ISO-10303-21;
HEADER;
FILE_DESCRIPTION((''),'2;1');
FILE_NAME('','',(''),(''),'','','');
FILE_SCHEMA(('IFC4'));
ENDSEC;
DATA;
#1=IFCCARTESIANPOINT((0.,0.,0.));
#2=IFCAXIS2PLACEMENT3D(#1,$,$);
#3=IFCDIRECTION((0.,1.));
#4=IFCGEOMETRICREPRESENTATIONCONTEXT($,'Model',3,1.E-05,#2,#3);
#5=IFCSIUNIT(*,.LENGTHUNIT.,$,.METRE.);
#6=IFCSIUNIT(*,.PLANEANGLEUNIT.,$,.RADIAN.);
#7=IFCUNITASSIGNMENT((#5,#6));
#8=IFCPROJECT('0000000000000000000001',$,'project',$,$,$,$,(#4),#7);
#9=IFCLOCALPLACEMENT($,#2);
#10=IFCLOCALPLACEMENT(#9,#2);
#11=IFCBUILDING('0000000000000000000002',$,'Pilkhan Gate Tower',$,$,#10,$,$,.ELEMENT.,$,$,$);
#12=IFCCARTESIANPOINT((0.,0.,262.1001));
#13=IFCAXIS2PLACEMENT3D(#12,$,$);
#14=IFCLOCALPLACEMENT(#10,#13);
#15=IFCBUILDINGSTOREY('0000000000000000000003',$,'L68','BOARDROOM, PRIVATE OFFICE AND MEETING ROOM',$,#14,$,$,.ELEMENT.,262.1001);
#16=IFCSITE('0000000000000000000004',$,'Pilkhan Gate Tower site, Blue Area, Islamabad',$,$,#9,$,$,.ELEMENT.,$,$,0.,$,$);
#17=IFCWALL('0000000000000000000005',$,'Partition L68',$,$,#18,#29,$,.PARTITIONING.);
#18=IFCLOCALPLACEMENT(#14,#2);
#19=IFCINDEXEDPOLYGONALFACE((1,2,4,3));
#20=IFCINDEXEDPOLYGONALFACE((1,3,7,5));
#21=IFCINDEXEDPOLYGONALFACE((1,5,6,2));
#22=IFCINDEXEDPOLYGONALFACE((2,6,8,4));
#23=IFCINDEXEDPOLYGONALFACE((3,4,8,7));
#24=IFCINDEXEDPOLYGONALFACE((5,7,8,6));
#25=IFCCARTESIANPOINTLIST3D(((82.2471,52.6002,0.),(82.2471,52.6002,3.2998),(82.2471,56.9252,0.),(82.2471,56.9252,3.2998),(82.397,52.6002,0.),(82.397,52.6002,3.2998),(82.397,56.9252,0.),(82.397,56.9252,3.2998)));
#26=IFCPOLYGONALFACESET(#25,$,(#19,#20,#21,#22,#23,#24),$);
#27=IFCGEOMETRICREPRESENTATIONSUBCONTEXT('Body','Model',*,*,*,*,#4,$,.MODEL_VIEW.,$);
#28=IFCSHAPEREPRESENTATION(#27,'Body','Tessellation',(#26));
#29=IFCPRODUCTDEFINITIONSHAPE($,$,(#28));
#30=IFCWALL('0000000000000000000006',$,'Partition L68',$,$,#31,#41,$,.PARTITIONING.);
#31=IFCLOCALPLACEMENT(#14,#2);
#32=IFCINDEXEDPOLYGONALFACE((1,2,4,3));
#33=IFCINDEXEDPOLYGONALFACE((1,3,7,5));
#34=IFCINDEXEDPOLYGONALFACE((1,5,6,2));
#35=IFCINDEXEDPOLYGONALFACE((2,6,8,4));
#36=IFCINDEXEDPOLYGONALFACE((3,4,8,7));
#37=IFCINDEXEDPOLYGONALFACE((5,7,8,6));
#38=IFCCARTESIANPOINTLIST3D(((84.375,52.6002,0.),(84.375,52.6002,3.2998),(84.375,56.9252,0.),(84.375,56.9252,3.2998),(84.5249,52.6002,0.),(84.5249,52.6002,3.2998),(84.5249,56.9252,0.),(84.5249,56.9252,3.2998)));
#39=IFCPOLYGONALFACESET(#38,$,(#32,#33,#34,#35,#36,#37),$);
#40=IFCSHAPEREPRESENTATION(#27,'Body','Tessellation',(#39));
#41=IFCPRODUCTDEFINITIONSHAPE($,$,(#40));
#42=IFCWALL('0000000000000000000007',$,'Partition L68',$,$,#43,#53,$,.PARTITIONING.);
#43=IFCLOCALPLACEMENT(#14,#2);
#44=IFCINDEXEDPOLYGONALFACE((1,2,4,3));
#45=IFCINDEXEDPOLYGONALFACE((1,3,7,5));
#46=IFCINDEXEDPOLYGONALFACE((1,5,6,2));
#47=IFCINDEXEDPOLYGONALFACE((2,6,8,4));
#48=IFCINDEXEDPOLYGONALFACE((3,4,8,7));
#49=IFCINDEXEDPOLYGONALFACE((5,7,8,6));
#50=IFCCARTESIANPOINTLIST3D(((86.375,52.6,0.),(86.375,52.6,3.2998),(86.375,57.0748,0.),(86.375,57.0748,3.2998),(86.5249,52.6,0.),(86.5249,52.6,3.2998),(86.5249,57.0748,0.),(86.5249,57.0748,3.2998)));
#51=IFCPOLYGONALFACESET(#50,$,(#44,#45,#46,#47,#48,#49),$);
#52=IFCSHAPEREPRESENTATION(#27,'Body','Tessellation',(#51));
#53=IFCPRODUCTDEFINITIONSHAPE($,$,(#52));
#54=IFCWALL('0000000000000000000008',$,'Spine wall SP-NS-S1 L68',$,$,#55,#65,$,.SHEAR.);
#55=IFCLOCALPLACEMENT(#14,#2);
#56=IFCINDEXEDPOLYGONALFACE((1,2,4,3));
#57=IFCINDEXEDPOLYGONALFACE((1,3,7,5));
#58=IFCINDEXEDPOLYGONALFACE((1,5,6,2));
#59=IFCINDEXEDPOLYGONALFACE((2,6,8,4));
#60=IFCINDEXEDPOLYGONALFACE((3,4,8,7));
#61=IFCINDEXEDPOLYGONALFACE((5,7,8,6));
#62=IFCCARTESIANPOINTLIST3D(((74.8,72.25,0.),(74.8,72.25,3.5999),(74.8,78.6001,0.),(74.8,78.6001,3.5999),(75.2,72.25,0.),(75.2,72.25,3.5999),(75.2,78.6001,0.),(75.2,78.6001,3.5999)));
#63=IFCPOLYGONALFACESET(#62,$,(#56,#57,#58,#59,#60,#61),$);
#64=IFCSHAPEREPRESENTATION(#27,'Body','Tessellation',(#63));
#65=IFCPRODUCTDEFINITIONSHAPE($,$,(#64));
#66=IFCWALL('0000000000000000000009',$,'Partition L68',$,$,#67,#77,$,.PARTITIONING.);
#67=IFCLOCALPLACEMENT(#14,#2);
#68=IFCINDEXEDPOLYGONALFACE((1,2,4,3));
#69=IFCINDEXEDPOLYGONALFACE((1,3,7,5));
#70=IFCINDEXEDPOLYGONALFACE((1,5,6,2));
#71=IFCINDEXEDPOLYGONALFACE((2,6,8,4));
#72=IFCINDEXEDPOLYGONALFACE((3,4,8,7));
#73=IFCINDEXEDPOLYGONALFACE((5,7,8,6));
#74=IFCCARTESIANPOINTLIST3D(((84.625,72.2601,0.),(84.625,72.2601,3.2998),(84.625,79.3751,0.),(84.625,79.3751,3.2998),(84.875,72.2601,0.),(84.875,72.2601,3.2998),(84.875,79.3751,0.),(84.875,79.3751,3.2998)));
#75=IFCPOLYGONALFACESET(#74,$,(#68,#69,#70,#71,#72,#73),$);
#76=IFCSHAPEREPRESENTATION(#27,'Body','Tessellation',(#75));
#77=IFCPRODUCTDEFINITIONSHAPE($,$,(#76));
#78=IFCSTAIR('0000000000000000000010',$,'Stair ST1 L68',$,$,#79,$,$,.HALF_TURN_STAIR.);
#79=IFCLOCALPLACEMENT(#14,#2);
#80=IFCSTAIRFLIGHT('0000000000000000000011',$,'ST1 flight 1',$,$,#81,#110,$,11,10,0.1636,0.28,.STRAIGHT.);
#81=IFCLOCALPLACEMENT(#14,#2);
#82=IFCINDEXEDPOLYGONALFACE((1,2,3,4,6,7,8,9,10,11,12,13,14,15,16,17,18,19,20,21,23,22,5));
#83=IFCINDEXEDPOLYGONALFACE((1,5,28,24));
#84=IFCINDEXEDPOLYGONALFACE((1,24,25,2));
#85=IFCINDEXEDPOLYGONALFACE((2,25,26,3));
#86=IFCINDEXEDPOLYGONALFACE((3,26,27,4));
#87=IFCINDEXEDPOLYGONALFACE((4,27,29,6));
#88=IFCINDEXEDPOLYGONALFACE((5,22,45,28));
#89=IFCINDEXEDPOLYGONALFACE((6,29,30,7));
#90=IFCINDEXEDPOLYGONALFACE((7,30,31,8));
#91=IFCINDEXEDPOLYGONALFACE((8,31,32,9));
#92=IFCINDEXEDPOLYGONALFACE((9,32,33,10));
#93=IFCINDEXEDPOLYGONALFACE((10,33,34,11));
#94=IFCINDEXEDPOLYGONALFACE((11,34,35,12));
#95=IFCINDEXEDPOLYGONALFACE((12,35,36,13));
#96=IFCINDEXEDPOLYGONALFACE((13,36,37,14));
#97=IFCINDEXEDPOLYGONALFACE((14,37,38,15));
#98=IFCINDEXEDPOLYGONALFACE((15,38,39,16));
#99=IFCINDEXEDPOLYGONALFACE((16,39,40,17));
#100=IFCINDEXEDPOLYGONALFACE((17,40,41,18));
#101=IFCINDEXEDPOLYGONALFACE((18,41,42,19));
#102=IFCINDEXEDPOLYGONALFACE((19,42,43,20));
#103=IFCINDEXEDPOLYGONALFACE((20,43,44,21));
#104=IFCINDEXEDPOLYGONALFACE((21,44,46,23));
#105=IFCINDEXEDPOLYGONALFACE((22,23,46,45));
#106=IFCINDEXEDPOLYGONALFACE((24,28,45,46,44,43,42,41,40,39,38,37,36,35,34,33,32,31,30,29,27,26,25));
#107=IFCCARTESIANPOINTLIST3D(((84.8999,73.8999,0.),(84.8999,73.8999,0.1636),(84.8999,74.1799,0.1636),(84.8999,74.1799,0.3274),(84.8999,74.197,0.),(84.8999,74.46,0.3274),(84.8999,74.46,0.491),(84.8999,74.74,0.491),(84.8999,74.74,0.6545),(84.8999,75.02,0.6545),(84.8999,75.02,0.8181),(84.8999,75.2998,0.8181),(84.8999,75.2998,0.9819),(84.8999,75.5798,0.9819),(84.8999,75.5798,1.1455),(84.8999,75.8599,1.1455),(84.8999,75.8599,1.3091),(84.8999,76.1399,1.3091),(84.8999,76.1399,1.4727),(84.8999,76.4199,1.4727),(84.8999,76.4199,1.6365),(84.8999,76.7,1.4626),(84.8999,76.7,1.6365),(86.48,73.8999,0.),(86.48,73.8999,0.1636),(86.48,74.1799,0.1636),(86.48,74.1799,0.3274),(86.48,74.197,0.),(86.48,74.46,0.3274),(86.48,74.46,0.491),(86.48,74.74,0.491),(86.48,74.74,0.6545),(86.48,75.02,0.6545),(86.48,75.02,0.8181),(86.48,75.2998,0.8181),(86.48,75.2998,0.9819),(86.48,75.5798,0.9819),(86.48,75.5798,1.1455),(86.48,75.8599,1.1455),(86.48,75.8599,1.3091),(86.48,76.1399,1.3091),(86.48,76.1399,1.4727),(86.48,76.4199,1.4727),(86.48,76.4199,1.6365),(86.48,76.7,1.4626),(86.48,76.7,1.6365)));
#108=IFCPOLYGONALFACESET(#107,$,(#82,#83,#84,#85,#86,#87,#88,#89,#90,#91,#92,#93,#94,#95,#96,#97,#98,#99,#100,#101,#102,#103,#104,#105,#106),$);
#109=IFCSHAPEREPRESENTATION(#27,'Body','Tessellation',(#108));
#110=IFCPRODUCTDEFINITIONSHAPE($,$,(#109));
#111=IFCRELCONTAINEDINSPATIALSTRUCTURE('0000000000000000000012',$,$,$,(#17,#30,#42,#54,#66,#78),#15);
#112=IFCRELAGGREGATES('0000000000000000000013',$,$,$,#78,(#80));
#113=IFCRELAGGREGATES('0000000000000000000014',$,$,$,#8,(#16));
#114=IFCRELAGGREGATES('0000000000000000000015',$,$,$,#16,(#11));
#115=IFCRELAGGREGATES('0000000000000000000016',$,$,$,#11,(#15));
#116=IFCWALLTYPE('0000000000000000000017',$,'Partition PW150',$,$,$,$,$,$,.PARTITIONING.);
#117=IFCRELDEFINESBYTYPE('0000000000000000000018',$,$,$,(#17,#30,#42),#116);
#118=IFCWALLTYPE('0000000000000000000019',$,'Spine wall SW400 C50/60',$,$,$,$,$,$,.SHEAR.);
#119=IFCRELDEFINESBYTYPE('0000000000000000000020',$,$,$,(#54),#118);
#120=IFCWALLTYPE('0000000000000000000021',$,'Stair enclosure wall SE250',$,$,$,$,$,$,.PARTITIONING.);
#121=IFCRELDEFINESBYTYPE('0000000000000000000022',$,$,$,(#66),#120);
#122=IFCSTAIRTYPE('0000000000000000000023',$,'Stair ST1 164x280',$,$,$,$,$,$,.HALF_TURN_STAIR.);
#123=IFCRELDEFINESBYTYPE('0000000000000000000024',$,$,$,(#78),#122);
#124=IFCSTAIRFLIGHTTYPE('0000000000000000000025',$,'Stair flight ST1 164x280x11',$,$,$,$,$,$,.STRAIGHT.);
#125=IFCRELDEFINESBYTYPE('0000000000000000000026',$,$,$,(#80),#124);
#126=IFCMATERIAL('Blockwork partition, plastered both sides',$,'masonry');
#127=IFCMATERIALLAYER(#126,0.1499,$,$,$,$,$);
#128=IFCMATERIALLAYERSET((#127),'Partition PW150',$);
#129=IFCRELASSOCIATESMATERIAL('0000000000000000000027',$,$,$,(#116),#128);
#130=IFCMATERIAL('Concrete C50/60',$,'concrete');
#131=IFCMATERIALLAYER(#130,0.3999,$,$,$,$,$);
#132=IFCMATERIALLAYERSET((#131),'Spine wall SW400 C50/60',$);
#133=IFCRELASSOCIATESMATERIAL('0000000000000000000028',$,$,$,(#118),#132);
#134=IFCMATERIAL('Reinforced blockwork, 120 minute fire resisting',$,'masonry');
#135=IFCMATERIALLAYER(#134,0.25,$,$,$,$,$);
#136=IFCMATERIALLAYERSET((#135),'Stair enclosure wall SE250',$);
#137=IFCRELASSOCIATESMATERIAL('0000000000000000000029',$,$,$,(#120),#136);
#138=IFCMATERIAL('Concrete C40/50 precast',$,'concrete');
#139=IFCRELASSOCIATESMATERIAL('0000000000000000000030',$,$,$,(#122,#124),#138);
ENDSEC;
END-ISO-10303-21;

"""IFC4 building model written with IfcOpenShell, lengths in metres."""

from ifc_helpers import new_model, si_unit, direction, frame, frame_2d, origin, place, context, subcontext, project, spatial, polyline, rectangle, outline, extrude, material, layer, layer_set, type_object, element, aggregate, save


model = new_model("IFC4")

# Units and contexts
model_context = context("Model", 3, precision=1e-05, world=origin(), true_north=direction((0.0, 1.0)))
body_context = subcontext(model_context, "Body", "Model", "MODEL_VIEW")
ifc_project = project(units=[si_unit("LENGTHUNIT", "METRE"), si_unit("PLANEANGLEUNIT", "RADIAN")], contexts=[model_context])

# Site, building, storey
site_placement = place(None, origin())
site = spatial("IfcSite", under=ifc_project, at=site_placement, Name="Pilkhan Gate Tower site, Blue Area, Islamabad", CompositionType="ELEMENT", RefElevation=0.0)
building_placement = place(site_placement, origin())
building = spatial("IfcBuilding", under=site, at=building_placement, Name="Pilkhan Gate Tower", CompositionType="ELEMENT")
storey_placement = place(building_placement, frame((0.0, 0.0, 262.1001)))
storey = spatial("IfcBuildingStorey", under=building, at=storey_placement, Name="L68", Description="BOARDROOM, PRIVATE OFFICE AND MEETING ROOM", CompositionType="ELEMENT", Elevation=262.1001)

# Shared definitions
ifc_material_1 = material(Name="Concrete C50/60", Category="concrete")

# Walls
ifc_material_2 = material(Name="Blockwork partition, plastered both sides", Category="masonry")
ifc_layer_1 = layer(ifc_material_2, 0.1499)
ifc_layer_set_1 = layer_set([ifc_layer_1], Name="Partition PW150")
wall_type_1 = type_object("IfcWallType", Name="Partition PW150", PredefinedType="PARTITIONING", material=ifc_layer_set_1)
for number, where, z_axis, x_axis, name in (
    (1, (82.322, 52.6001, 0.0), (0.0, 0.0, 1.0), (0.0, 1.0, 0.0), "Partition L68"),
    (2, (84.45, 52.6001, 0.0), (0.0, 0.0, 1.0), (0.0, 1.0, 0.0), "Partition L68"),
):
    element("IfcWall", number, at=place(storey_placement, frame(where, z_axis=z_axis, x_axis=x_axis)), inside=storey, type_object=wall_type_1, Name=name, PredefinedType="PARTITIONING", context=body_context, shape_type="SweptSolid", body=[
        extrude(rectangle(XDim=4.325, YDim=0.1499, at=frame_2d((2.1626, 0.0))), origin(), (0.0, 0.0, 1.0), 3.2998),
    ])
wall_1_placement = place(storey_placement, frame((86.45, 52.6001, 0.0), z_axis=(0.0, 0.0, 1.0), x_axis=(0.0, 1.0, 0.0)))
element("IfcWall", 3, at=wall_1_placement, inside=storey, type_object=wall_type_1, Name="Partition L68", PredefinedType="PARTITIONING", context=body_context, shape_type="SweptSolid", body=[
    extrude(rectangle(XDim=4.4749, YDim=0.1499, at=frame_2d((2.2373, 0.0))), origin(), (0.0, 0.0, 1.0), 3.2998),
])
ifc_layer_2 = layer(ifc_material_1, 0.3999)
ifc_layer_set_2 = layer_set([ifc_layer_2], Name="Spine wall SW400 C50/60")
wall_type_2 = type_object("IfcWallType", Name="Spine wall SW400 C50/60", PredefinedType="SHEAR", material=ifc_layer_set_2)
wall_2_placement = place(storey_placement, frame((75.0, 72.25, 0.0), z_axis=(0.0, 0.0, 1.0), x_axis=(0.0, 1.0, 0.0)))
element("IfcWall", 4, at=wall_2_placement, inside=storey, type_object=wall_type_2, Name="Spine wall SP-NS-S1 L68", PredefinedType="SHEAR", context=body_context, shape_type="SweptSolid", body=[
    extrude(rectangle(XDim=6.3501, YDim=0.3999, at=frame_2d((3.175, 0.0))), origin(), (0.0, 0.0, 1.0), 3.5999),
])
ifc_material_3 = material(Name="Reinforced blockwork, 120 minute fire resisting", Category="masonry")
ifc_layer_3 = layer(ifc_material_3, 0.25)
ifc_layer_set_3 = layer_set([ifc_layer_3], Name="Stair enclosure wall SE250")
wall_type_3 = type_object("IfcWallType", Name="Stair enclosure wall SE250", PredefinedType="PARTITIONING", material=ifc_layer_set_3)
wall_3_placement = place(storey_placement, frame((84.75, 72.26, 0.0), z_axis=(0.0, 0.0, 1.0), x_axis=(0.0, 1.0, 0.0)))
element("IfcWall", 5, at=wall_3_placement, inside=storey, type_object=wall_type_3, Name="Partition L68", PredefinedType="PARTITIONING", context=body_context, shape_type="SweptSolid", body=[
    extrude(rectangle(XDim=7.115, YDim=0.25, at=frame_2d((3.5576, 0.0))), origin(), (0.0, 0.0, 1.0), 3.2998),
])

# Stair, stair flight
ifc_material_4 = material(Name="Concrete C40/50 precast", Category="concrete")
stair_type = type_object("IfcStairType", Name="Stair ST1 164x280", PredefinedType="HALF_TURN_STAIR", material=ifc_material_4)
stair_placement = place(storey_placement, origin())
stair = element("IfcStair", 6, at=stair_placement, inside=storey, type_object=stair_type, Name="Stair ST1 L68", PredefinedType="HALF_TURN_STAIR")
stair_flight_type = type_object("IfcStairFlightType", Name="Stair flight ST1 164x280x11", PredefinedType="STRAIGHT", material=ifc_material_4)
stair_flight_placement = place(storey_placement, frame((85.6899, 73.8999, 0.0), z_axis=(0.0, 0.0, 1.0), x_axis=(0.0, 1.0, 0.0)))
stair_flight = element("IfcStairFlight", 7, at=stair_flight_placement, type_object=stair_flight_type, Name="ST1 flight 1", NumberOfRisers=11, NumberOfTreads=10, PredefinedType="STRAIGHT", RiserHeight=0.1636, TreadLength=0.28, context=body_context, shape_type="SweptSolid", body=[
    extrude(outline(polyline([(0.0, 0.0), (0.0, 0.1636), (0.28, 0.1636), (0.28, 0.3274), (0.5601, 0.3274), (0.5601, 0.491), (0.8401, 0.491), (0.8401, 0.6545), (1.1201, 0.6545), (1.1201, 0.8181), (1.3999, 0.8181), (1.3999, 0.9819), (1.6799, 0.9819), (1.6799, 1.1455), (1.96, 1.1455), (1.96, 1.3091), (2.24, 1.3091), (2.24, 1.4727), (2.52, 1.4727), (2.52, 1.6365), (2.8, 1.6365), (2.8, 1.8), (2.8, 1.4626), (0.2971, 0.0), (0.0, 0.0)])), frame((0.0, 0.79, 0.0), z_axis=(0.0, -1.0, 0.0), x_axis=(1.0, 0.0, 0.0)), (0.0, 0.0, 1.0), 1.5801),
])
aggregate(stair, [stair_flight])

save(model, "model.ifc")
